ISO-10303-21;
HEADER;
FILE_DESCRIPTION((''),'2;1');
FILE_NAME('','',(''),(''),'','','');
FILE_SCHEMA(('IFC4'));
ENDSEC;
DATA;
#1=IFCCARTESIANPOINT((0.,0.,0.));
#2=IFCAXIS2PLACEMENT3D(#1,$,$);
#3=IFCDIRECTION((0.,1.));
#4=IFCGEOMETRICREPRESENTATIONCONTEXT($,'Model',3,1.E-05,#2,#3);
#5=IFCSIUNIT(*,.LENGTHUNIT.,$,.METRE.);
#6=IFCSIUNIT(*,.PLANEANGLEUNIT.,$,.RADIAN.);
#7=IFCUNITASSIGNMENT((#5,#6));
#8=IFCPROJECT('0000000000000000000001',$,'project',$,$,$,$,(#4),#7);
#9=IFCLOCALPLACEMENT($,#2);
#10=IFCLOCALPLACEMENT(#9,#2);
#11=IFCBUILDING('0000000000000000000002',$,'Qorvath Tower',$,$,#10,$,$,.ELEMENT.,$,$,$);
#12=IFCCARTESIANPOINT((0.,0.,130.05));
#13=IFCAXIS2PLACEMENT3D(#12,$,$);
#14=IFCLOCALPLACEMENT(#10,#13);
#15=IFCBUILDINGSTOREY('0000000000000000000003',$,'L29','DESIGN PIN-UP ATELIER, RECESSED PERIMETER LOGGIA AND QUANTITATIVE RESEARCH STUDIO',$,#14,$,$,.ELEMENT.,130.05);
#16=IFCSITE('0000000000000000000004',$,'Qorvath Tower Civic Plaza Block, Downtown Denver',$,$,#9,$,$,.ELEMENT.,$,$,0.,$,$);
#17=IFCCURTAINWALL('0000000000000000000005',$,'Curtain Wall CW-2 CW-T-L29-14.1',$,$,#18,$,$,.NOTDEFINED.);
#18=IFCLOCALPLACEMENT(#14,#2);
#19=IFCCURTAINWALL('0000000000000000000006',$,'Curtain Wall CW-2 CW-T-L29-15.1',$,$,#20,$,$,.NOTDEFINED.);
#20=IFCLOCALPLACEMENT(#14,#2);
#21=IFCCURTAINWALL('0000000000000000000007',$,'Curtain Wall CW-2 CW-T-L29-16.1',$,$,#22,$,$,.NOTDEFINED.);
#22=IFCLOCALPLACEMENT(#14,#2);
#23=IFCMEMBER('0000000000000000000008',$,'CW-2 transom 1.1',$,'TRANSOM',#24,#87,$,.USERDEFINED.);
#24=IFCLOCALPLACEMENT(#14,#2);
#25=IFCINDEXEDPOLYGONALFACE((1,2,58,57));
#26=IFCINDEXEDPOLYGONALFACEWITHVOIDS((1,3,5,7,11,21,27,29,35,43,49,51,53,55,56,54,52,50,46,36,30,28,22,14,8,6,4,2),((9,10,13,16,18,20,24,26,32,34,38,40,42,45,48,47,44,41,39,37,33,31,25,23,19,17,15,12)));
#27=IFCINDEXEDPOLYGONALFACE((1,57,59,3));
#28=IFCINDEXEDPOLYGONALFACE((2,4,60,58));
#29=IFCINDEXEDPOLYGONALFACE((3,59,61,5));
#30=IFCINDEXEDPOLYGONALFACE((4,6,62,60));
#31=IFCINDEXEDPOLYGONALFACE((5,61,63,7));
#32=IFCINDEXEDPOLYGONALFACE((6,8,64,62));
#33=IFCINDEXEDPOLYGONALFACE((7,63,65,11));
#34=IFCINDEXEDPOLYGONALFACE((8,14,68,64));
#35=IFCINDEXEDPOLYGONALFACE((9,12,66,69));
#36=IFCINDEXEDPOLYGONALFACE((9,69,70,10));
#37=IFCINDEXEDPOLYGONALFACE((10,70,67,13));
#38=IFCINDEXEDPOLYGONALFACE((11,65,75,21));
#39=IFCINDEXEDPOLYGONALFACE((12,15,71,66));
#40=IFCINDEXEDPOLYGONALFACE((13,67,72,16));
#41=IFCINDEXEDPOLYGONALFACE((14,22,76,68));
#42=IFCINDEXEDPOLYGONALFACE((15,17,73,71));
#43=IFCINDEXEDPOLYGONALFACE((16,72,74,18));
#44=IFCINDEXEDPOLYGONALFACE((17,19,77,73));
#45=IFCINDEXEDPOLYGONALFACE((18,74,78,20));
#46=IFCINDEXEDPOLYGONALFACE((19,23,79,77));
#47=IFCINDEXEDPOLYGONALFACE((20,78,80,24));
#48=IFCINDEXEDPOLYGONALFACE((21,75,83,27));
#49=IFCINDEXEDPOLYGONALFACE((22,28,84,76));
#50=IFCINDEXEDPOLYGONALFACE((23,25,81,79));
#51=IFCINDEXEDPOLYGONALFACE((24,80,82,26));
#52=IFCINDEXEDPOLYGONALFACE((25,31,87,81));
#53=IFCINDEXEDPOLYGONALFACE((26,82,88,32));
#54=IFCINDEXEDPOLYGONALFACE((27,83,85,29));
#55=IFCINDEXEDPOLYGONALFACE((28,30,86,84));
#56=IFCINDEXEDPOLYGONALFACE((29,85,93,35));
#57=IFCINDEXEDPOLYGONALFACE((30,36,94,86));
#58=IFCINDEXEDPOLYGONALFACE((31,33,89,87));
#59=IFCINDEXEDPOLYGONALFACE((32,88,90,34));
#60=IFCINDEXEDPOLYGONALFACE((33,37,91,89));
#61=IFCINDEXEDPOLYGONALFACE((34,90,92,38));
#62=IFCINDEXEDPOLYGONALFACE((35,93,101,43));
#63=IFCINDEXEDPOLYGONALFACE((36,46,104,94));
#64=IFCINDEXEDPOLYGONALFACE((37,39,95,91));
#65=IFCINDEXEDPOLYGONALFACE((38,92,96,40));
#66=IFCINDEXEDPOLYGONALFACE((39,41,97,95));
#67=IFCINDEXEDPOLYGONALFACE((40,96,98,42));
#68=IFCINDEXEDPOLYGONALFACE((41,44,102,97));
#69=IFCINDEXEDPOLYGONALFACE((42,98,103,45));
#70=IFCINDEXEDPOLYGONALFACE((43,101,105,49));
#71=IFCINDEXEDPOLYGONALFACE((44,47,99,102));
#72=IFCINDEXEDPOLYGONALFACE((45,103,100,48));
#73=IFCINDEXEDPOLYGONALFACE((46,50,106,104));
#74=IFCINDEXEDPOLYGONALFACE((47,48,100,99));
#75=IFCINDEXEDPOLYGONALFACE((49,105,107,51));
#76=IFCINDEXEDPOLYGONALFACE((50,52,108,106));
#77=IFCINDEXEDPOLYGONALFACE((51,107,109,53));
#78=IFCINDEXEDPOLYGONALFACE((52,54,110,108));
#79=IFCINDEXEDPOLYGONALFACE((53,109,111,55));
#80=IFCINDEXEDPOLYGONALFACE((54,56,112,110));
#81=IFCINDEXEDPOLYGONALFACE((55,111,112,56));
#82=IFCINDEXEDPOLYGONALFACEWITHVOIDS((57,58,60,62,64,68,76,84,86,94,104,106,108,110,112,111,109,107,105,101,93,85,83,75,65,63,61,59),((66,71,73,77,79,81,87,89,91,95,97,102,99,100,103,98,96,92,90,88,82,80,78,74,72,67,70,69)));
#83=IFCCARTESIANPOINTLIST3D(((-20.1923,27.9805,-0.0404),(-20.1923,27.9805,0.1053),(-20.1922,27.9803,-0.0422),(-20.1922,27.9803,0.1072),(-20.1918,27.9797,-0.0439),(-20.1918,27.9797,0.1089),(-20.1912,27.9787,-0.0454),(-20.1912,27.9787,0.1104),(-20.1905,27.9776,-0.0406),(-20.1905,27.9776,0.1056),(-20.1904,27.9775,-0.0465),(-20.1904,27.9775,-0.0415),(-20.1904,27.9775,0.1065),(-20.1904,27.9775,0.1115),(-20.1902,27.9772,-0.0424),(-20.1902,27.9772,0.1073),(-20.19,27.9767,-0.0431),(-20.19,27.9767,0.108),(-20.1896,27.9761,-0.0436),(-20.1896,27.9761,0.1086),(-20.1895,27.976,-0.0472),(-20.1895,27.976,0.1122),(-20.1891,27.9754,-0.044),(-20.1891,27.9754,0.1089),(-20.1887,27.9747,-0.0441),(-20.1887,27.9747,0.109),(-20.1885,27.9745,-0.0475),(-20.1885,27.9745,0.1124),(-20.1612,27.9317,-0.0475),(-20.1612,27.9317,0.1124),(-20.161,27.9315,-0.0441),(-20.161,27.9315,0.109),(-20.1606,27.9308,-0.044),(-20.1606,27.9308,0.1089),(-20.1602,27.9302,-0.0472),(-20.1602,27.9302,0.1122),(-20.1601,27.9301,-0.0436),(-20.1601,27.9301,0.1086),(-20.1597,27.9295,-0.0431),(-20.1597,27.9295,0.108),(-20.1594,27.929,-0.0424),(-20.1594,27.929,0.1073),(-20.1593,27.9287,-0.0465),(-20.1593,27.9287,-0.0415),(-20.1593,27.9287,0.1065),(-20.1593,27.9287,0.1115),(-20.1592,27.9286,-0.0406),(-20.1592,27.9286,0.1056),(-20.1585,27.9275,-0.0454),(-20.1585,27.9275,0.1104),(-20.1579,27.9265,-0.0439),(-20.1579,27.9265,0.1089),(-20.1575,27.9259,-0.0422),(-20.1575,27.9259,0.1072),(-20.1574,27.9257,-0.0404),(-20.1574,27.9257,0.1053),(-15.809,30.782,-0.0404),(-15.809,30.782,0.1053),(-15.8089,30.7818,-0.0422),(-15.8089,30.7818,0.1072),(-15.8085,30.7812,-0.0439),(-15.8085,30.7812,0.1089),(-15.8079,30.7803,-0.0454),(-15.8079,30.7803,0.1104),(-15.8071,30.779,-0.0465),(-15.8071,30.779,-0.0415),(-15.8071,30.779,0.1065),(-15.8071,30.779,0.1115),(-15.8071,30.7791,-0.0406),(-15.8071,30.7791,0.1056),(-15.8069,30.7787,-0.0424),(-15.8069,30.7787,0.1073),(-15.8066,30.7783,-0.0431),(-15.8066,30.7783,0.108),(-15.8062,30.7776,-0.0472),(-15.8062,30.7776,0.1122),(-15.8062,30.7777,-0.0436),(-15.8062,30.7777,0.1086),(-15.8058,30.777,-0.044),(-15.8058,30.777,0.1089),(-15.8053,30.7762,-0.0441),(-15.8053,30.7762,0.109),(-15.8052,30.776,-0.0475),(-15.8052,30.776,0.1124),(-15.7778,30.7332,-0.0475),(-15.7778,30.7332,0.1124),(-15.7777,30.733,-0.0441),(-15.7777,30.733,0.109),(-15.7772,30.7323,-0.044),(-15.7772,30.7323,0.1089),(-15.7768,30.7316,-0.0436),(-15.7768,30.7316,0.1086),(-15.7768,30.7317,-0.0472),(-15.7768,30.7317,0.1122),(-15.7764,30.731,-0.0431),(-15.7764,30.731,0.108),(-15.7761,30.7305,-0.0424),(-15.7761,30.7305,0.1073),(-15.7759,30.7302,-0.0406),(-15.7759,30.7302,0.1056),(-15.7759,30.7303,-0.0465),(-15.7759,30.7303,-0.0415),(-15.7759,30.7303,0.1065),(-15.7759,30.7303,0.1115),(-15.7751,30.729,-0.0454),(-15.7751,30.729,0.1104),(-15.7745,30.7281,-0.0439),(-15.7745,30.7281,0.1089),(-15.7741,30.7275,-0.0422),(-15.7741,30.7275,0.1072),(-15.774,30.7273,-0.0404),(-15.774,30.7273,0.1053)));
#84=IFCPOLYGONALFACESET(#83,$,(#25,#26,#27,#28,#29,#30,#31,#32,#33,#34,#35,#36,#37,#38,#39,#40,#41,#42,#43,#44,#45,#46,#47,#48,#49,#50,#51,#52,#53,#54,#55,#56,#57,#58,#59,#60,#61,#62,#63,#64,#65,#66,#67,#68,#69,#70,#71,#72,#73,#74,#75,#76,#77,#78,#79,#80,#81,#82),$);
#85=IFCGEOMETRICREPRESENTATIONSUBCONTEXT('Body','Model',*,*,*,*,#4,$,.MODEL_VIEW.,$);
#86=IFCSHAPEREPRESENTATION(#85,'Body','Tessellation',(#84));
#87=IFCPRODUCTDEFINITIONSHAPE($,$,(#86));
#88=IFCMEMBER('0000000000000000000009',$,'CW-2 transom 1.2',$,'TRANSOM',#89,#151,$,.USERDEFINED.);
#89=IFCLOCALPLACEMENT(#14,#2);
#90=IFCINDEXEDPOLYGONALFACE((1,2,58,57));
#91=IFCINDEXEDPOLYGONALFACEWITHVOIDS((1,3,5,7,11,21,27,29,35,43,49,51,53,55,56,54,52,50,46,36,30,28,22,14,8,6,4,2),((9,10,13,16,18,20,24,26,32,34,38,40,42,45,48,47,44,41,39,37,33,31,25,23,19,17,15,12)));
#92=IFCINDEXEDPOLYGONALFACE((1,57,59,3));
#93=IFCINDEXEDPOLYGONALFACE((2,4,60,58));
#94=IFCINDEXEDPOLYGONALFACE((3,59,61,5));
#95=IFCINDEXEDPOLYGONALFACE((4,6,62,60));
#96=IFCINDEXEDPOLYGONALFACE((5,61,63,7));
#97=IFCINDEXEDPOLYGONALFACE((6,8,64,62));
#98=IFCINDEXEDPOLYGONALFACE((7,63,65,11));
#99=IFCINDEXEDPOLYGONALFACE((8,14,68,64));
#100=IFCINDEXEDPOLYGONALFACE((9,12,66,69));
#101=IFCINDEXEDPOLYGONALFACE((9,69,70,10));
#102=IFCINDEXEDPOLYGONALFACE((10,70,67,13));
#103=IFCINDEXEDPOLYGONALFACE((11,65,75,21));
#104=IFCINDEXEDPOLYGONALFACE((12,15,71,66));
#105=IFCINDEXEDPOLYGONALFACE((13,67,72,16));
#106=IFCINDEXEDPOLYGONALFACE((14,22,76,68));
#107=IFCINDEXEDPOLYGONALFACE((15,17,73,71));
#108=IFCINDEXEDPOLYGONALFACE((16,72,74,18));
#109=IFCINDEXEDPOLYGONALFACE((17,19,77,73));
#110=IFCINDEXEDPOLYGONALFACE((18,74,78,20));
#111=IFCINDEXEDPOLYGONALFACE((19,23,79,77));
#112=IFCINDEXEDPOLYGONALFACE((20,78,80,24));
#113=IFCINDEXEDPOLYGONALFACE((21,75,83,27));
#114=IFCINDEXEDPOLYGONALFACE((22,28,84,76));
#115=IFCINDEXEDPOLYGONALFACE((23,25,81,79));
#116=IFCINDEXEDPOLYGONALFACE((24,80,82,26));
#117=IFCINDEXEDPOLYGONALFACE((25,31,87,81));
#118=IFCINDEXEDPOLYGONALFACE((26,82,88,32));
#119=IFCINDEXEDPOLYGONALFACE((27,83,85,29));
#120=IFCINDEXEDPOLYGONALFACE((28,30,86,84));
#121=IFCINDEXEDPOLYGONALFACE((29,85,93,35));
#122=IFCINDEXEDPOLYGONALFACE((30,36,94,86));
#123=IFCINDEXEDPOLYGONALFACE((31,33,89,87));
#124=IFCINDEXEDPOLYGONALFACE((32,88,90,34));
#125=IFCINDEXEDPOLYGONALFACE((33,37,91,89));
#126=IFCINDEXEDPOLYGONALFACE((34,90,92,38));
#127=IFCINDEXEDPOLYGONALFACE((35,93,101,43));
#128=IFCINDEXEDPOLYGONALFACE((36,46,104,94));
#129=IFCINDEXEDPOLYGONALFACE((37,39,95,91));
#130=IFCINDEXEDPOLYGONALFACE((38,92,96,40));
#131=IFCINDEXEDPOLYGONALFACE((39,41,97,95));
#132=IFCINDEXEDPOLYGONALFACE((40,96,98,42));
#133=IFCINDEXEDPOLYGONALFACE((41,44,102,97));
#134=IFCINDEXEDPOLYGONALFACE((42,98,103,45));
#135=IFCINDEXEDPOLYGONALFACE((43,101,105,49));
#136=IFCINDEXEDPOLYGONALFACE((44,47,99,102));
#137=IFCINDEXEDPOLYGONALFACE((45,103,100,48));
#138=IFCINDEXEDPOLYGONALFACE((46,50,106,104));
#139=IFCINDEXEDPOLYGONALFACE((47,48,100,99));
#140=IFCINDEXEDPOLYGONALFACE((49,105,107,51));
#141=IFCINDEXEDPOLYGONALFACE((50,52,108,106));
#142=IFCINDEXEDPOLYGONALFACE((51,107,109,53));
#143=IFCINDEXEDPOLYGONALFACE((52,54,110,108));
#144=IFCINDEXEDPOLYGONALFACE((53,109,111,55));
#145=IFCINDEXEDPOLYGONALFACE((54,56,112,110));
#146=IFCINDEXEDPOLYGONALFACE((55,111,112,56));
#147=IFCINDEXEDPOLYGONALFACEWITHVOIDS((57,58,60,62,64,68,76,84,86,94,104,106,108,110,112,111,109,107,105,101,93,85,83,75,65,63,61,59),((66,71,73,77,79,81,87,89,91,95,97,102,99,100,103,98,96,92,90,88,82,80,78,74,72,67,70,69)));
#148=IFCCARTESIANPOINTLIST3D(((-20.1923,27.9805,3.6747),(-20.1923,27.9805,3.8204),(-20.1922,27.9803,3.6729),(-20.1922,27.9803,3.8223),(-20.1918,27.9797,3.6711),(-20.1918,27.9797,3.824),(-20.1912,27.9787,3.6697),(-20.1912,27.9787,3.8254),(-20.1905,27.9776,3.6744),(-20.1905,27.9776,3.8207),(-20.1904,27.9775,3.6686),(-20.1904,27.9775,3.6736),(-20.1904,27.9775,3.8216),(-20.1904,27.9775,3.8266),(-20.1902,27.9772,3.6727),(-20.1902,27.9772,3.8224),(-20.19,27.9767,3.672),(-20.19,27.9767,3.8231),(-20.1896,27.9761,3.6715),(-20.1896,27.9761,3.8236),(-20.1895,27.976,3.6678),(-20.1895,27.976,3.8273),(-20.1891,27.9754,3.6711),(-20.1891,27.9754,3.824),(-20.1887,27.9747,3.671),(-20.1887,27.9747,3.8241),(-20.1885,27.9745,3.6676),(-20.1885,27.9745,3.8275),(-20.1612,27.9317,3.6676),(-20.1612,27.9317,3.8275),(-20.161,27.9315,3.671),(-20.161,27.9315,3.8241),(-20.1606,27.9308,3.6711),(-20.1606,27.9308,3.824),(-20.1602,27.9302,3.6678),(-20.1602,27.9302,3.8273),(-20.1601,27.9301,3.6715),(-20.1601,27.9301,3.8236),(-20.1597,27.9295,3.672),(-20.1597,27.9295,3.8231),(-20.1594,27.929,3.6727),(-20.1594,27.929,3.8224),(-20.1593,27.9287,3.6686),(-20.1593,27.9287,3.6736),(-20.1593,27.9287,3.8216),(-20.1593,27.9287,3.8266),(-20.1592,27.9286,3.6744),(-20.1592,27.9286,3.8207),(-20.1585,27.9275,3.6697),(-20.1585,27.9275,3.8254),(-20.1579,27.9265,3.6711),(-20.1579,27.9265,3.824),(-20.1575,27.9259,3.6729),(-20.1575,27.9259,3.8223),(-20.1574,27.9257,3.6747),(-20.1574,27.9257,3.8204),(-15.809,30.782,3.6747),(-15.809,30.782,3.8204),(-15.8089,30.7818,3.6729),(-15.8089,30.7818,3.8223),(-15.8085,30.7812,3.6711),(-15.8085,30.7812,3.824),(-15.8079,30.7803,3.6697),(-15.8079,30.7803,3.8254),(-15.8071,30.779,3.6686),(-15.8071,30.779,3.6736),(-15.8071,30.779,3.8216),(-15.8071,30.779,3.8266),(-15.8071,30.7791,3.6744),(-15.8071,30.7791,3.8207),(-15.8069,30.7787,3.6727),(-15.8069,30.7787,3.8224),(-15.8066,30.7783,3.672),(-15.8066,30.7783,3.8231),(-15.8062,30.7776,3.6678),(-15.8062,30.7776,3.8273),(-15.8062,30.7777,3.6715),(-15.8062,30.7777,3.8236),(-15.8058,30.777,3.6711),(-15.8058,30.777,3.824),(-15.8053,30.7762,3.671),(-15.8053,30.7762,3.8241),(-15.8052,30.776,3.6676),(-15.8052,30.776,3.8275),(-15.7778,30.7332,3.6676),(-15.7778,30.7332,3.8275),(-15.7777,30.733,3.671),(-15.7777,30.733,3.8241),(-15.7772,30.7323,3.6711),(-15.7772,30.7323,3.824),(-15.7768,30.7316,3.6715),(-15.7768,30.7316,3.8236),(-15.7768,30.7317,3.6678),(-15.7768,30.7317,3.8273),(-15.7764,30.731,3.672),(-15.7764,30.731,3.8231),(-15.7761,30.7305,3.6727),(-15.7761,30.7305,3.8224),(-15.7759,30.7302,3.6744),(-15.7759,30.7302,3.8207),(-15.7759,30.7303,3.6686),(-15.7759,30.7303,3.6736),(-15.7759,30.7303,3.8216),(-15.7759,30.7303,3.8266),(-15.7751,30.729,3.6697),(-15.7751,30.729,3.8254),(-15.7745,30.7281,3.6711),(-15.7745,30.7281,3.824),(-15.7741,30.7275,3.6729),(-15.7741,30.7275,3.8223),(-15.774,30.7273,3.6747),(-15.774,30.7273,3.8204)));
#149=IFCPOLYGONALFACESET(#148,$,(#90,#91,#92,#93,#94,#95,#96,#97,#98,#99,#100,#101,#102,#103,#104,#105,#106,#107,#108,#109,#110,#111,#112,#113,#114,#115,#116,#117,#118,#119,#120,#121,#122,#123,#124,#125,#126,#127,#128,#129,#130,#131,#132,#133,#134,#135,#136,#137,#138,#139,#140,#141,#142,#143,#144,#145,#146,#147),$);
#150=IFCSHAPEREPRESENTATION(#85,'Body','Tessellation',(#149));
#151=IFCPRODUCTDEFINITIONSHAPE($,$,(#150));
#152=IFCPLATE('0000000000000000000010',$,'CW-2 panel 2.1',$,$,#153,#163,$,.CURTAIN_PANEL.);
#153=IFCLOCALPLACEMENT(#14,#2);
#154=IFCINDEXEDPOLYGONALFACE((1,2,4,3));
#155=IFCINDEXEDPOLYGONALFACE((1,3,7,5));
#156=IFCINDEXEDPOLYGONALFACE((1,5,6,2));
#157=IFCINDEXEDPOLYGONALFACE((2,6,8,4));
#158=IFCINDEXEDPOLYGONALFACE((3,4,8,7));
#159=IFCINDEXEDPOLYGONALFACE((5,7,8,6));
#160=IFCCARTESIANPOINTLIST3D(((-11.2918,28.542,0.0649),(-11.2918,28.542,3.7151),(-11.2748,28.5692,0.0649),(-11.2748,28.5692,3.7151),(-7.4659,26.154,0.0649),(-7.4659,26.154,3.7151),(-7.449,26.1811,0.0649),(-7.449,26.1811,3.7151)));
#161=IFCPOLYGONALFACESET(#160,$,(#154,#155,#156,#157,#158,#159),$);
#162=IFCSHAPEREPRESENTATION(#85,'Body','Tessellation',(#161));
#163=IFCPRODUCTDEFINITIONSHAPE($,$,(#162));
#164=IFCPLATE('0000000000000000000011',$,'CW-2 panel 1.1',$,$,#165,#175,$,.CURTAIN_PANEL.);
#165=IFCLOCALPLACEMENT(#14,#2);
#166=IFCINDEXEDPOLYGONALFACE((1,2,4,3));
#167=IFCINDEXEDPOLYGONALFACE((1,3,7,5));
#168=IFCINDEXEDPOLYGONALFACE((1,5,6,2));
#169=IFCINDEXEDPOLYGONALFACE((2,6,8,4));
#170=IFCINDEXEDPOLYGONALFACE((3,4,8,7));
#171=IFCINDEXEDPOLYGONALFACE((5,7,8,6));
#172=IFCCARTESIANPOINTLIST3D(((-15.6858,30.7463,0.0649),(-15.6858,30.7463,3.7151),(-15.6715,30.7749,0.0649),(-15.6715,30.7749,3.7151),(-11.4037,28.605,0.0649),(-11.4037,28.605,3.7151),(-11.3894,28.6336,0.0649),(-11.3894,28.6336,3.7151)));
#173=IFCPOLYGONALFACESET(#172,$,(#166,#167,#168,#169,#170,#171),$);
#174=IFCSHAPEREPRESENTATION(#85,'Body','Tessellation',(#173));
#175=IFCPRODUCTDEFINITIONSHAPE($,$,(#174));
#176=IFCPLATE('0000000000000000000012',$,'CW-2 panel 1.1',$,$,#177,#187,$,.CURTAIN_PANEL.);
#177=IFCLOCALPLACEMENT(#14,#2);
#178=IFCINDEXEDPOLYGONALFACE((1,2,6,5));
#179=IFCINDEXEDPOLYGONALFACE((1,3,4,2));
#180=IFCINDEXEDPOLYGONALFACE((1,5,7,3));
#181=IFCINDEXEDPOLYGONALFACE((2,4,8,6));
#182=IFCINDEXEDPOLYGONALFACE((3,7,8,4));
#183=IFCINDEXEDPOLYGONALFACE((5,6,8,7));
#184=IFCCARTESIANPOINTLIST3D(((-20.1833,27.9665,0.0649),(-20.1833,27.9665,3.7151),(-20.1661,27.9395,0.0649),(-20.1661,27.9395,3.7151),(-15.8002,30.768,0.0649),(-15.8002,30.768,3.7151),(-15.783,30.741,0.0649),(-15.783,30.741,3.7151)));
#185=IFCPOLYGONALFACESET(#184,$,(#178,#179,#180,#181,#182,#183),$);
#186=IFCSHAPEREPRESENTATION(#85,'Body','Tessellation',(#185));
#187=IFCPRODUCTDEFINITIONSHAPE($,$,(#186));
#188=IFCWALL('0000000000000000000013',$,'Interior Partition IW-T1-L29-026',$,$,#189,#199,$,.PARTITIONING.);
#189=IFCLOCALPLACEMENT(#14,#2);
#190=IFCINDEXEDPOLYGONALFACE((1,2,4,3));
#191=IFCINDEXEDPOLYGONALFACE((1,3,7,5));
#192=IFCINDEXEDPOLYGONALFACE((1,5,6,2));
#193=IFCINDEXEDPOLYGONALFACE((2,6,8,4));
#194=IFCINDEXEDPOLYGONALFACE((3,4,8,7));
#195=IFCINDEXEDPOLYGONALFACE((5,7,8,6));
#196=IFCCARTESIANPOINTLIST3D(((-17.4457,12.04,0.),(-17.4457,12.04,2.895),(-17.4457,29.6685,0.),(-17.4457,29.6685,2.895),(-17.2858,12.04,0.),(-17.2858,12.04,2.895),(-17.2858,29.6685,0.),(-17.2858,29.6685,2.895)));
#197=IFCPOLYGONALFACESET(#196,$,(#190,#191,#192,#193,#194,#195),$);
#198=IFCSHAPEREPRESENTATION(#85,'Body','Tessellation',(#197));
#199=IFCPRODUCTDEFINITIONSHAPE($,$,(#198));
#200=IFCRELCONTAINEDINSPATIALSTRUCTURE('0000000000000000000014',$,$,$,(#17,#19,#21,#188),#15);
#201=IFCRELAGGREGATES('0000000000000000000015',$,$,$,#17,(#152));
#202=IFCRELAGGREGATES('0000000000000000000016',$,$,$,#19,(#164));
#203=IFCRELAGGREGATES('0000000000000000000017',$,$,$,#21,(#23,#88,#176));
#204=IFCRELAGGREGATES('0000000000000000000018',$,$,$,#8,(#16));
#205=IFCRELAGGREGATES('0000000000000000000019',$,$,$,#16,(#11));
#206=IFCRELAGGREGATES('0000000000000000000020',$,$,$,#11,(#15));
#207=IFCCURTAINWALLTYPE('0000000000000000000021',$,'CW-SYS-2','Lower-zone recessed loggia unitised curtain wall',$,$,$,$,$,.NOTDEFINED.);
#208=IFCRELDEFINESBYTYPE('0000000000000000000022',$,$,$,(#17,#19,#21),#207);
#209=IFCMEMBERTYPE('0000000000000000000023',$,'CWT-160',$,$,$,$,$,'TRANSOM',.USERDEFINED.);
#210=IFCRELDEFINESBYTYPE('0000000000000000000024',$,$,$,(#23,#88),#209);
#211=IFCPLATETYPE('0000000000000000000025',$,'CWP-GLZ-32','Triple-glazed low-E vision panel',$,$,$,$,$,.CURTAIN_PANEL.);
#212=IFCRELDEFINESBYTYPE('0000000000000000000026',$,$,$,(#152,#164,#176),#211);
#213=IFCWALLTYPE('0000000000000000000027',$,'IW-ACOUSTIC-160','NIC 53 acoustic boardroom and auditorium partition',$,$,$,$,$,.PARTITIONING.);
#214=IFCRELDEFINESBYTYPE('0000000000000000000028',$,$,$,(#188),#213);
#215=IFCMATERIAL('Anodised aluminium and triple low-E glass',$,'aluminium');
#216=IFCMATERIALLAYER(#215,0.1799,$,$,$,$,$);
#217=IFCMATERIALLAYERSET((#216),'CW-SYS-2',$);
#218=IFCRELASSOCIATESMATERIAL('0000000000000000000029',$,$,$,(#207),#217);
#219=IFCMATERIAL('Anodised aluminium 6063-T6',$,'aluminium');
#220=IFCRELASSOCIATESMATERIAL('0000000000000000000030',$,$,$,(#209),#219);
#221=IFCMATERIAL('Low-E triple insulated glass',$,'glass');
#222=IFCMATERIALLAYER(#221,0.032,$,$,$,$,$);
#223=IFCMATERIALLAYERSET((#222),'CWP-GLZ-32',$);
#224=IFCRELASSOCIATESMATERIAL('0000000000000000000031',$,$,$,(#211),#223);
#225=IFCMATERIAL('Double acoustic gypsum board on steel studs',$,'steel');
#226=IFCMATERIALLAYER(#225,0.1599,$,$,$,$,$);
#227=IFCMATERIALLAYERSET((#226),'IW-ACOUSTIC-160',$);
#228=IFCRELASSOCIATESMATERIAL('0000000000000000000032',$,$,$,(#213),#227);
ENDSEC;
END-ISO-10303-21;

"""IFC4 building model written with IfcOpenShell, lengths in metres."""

from ifc_helpers import new_model, si_unit, direction, frame, frame_2d, origin, origin_2d, place, context, subcontext, project, spatial, rectangle, hollow_rectangle, extrude, material, layer, layer_set, material_profile, profile_set, type_object, element, aggregate, save


model = new_model("IFC4")

# Units and contexts
model_context = context("Model", 3, precision=1e-05, world=origin(), true_north=direction((0.0, 1.0)))
body_context = subcontext(model_context, "Body", "Model", "MODEL_VIEW")
ifc_project = project(units=[si_unit("LENGTHUNIT", "METRE"), si_unit("PLANEANGLEUNIT", "RADIAN")], contexts=[model_context])

# Site, building, storey
site_placement = place(None, origin())
site = spatial("IfcSite", under=ifc_project, at=site_placement, Name="Qorvath Tower Civic Plaza Block, Downtown Denver", CompositionType="ELEMENT", RefElevation=0.0)
building_placement = place(site_placement, origin())
building = spatial("IfcBuilding", under=site, at=building_placement, Name="Qorvath Tower", CompositionType="ELEMENT")
storey_placement = place(building_placement, frame((0.0, 0.0, 130.05)))
storey = spatial("IfcBuildingStorey", under=building, at=storey_placement, Name="L29", Description="DESIGN PIN-UP ATELIER, RECESSED PERIMETER LOGGIA AND QUANTITATIVE RESEARCH STUDIO", CompositionType="ELEMENT", Elevation=130.05)

# Curtain wall
ifc_material_1 = material(Name="Anodised aluminium and triple low-E glass", Category="aluminium")
ifc_layer_1 = layer(ifc_material_1, 0.1799)
ifc_layer_set_1 = layer_set([ifc_layer_1], Name="CW-SYS-2")
curtain_wall_type = type_object("IfcCurtainWallType", Name="CW-SYS-2", Description="Lower-zone recessed loggia unitised curtain wall", PredefinedType="NOTDEFINED", material=ifc_layer_set_1)
curtain_wall_1_placement = place(storey_placement, origin())
curtain_wall_1 = element("IfcCurtainWall", 1, at=curtain_wall_1_placement, inside=storey, type_object=curtain_wall_type, Name="Curtain Wall CW-2 CW-T-L29-14.1", PredefinedType="NOTDEFINED")

# Curtain walls
curtain_wall_2_placement = place(storey_placement, origin())
curtain_wall_2 = element("IfcCurtainWall", 2, at=curtain_wall_2_placement, inside=storey, type_object=curtain_wall_type, Name="Curtain Wall CW-2 CW-T-L29-15.1", PredefinedType="NOTDEFINED")
curtain_wall_3_placement = place(storey_placement, origin())
curtain_wall_3 = element("IfcCurtainWall", 3, at=curtain_wall_3_placement, inside=storey, type_object=curtain_wall_type, Name="Curtain Wall CW-2 CW-T-L29-16.1", PredefinedType="NOTDEFINED")

# Members
ifc_material_2 = material(Name="Anodised aluminium 6063-T6", Category="aluminium")
ifc_material_profile_1 = material_profile(ifc_material_2, hollow_rectangle(XDim=0.0649, YDim=0.1599, WallThickness=0.0034, InnerFilletRadius=0.0034, OuterFilletRadius=0.0071, at=origin_2d()), Name="CWT 160x65")
ifc_profile_set_1 = profile_set([ifc_material_profile_1], Name="Anodised aluminium 6063-T6")
member_type_1 = type_object("IfcMemberType", Name="CWT-160", ElementType="TRANSOM", PredefinedType="USERDEFINED", material=ifc_profile_set_1)
member_1_placement = place(storey_placement, frame((-15.7915, 30.7546, 0.0325), z_axis=(-0.842603, -0.538536, 0.0), x_axis=(0.538536, -0.842603, 0.0)))
member_1 = element("IfcMember", 4, at=member_1_placement, type_object=member_type_1, Name="CW-2 transom 1.1", ObjectType="TRANSOM", PredefinedType="USERDEFINED", context=body_context, shape_type="SweptSolid", body=[
    extrude(hollow_rectangle(XDim=0.0649, YDim=0.1599, WallThickness=0.0034, InnerFilletRadius=0.0034, OuterFilletRadius=0.0071, at=origin_2d()), origin(), (0.0, 0.0, 1.0), 5.2021),
])
member_2_placement = place(storey_placement, frame((-15.7915, 30.7546, 3.7476), z_axis=(-0.842603, -0.538536, 0.0), x_axis=(0.538536, -0.842603, 0.0)))
member_2 = element("IfcMember", 5, at=member_2_placement, type_object=member_type_1, Name="CW-2 transom 1.2", ObjectType="TRANSOM", PredefinedType="USERDEFINED", context=body_context, shape_type="SweptSolid", body=[
    extrude(hollow_rectangle(XDim=0.0649, YDim=0.1599, WallThickness=0.0034, InnerFilletRadius=0.0034, OuterFilletRadius=0.0071, at=origin_2d()), origin(), (0.0, 0.0, 1.0), 5.2021),
])

# Plates
ifc_material_3 = material(Name="Low-E triple insulated glass", Category="glass")
ifc_layer_2 = layer(ifc_material_3, 0.032)
ifc_layer_set_2 = layer_set([ifc_layer_2], Name="CWP-GLZ-32")
plate_type = type_object("IfcPlateType", Name="CWP-GLZ-32", Description="Triple-glazed low-E vision panel", PredefinedType="CURTAIN_PANEL", material=ifc_layer_set_2)
plate_1_placement = place(storey_placement, frame((-9.3704, 27.3616, 0.0649), z_axis=(0.0, 0.0, 1.0), x_axis=(-0.848308, 0.529503, 0.0)))
plate_1 = element("IfcPlate", 6, at=plate_1_placement, type_object=plate_type, Name="CW-2 panel 2.1", PredefinedType="CURTAIN_PANEL", context=body_context, shape_type="SweptSolid", body=[
    extrude(rectangle(XDim=4.51, YDim=0.032, at=origin_2d()), origin(), (0.0, 0.0, 1.0), 3.6501),
])
aggregate(curtain_wall_1, [plate_1])
plate_2_placement = place(storey_placement, frame((-13.5376, 29.6899, 0.0649), z_axis=(0.0, 0.0, 1.0), x_axis=(-0.894403, 0.447262, 0.0)))
plate_2 = element("IfcPlate", 7, at=plate_2_placement, type_object=plate_type, Name="CW-2 panel 1.1", PredefinedType="CURTAIN_PANEL", context=body_context, shape_type="SweptSolid", body=[
    extrude(rectangle(XDim=4.7876, YDim=0.032, at=origin_2d()), origin(), (0.0, 0.0, 1.0), 3.6501),
])
aggregate(curtain_wall_2, [plate_2])
plate_3_placement = place(storey_placement, frame((-17.9832, 29.3538, 0.0649), z_axis=(0.0, 0.0, 1.0), x_axis=(-0.842595, -0.538548, 0.0)))
plate_3 = element("IfcPlate", 8, at=plate_3_placement, type_object=plate_type, Name="CW-2 panel 1.1", PredefinedType="CURTAIN_PANEL", context=body_context, shape_type="SweptSolid", body=[
    extrude(rectangle(XDim=5.2019, YDim=0.032, at=origin_2d()), origin(), (0.0, 0.0, 1.0), 3.6501),
])
aggregate(curtain_wall_3, [member_1, member_2, plate_3])

# Wall
ifc_material_4 = material(Name="Double acoustic gypsum board on steel studs", Category="steel")
ifc_layer_3 = layer(ifc_material_4, 0.1599)
ifc_layer_set_3 = layer_set([ifc_layer_3], Name="IW-ACOUSTIC-160")
wall_type_1 = type_object("IfcWallType", Name="IW-ACOUSTIC-160", Description="NIC 53 acoustic boardroom and auditorium partition", PredefinedType="PARTITIONING", material=ifc_layer_set_3)
wall_1_placement = place(storey_placement, frame((-17.3657, 12.04, 0.0), z_axis=(0.0, 0.0, 1.0), x_axis=(0.0, 1.0, 0.0)))
element("IfcWall", 9, at=wall_1_placement, inside=storey, type_object=wall_type_1, Name="Interior Partition IW-T1-L29-026", PredefinedType="PARTITIONING", context=body_context, shape_type="SweptSolid", body=[
    extrude(rectangle(XDim=17.6284, YDim=0.1599, at=frame_2d((8.8142, 0.0))), origin(), (0.0, 0.0, 1.0), 2.895),
])

save(model, "model.ifc")
